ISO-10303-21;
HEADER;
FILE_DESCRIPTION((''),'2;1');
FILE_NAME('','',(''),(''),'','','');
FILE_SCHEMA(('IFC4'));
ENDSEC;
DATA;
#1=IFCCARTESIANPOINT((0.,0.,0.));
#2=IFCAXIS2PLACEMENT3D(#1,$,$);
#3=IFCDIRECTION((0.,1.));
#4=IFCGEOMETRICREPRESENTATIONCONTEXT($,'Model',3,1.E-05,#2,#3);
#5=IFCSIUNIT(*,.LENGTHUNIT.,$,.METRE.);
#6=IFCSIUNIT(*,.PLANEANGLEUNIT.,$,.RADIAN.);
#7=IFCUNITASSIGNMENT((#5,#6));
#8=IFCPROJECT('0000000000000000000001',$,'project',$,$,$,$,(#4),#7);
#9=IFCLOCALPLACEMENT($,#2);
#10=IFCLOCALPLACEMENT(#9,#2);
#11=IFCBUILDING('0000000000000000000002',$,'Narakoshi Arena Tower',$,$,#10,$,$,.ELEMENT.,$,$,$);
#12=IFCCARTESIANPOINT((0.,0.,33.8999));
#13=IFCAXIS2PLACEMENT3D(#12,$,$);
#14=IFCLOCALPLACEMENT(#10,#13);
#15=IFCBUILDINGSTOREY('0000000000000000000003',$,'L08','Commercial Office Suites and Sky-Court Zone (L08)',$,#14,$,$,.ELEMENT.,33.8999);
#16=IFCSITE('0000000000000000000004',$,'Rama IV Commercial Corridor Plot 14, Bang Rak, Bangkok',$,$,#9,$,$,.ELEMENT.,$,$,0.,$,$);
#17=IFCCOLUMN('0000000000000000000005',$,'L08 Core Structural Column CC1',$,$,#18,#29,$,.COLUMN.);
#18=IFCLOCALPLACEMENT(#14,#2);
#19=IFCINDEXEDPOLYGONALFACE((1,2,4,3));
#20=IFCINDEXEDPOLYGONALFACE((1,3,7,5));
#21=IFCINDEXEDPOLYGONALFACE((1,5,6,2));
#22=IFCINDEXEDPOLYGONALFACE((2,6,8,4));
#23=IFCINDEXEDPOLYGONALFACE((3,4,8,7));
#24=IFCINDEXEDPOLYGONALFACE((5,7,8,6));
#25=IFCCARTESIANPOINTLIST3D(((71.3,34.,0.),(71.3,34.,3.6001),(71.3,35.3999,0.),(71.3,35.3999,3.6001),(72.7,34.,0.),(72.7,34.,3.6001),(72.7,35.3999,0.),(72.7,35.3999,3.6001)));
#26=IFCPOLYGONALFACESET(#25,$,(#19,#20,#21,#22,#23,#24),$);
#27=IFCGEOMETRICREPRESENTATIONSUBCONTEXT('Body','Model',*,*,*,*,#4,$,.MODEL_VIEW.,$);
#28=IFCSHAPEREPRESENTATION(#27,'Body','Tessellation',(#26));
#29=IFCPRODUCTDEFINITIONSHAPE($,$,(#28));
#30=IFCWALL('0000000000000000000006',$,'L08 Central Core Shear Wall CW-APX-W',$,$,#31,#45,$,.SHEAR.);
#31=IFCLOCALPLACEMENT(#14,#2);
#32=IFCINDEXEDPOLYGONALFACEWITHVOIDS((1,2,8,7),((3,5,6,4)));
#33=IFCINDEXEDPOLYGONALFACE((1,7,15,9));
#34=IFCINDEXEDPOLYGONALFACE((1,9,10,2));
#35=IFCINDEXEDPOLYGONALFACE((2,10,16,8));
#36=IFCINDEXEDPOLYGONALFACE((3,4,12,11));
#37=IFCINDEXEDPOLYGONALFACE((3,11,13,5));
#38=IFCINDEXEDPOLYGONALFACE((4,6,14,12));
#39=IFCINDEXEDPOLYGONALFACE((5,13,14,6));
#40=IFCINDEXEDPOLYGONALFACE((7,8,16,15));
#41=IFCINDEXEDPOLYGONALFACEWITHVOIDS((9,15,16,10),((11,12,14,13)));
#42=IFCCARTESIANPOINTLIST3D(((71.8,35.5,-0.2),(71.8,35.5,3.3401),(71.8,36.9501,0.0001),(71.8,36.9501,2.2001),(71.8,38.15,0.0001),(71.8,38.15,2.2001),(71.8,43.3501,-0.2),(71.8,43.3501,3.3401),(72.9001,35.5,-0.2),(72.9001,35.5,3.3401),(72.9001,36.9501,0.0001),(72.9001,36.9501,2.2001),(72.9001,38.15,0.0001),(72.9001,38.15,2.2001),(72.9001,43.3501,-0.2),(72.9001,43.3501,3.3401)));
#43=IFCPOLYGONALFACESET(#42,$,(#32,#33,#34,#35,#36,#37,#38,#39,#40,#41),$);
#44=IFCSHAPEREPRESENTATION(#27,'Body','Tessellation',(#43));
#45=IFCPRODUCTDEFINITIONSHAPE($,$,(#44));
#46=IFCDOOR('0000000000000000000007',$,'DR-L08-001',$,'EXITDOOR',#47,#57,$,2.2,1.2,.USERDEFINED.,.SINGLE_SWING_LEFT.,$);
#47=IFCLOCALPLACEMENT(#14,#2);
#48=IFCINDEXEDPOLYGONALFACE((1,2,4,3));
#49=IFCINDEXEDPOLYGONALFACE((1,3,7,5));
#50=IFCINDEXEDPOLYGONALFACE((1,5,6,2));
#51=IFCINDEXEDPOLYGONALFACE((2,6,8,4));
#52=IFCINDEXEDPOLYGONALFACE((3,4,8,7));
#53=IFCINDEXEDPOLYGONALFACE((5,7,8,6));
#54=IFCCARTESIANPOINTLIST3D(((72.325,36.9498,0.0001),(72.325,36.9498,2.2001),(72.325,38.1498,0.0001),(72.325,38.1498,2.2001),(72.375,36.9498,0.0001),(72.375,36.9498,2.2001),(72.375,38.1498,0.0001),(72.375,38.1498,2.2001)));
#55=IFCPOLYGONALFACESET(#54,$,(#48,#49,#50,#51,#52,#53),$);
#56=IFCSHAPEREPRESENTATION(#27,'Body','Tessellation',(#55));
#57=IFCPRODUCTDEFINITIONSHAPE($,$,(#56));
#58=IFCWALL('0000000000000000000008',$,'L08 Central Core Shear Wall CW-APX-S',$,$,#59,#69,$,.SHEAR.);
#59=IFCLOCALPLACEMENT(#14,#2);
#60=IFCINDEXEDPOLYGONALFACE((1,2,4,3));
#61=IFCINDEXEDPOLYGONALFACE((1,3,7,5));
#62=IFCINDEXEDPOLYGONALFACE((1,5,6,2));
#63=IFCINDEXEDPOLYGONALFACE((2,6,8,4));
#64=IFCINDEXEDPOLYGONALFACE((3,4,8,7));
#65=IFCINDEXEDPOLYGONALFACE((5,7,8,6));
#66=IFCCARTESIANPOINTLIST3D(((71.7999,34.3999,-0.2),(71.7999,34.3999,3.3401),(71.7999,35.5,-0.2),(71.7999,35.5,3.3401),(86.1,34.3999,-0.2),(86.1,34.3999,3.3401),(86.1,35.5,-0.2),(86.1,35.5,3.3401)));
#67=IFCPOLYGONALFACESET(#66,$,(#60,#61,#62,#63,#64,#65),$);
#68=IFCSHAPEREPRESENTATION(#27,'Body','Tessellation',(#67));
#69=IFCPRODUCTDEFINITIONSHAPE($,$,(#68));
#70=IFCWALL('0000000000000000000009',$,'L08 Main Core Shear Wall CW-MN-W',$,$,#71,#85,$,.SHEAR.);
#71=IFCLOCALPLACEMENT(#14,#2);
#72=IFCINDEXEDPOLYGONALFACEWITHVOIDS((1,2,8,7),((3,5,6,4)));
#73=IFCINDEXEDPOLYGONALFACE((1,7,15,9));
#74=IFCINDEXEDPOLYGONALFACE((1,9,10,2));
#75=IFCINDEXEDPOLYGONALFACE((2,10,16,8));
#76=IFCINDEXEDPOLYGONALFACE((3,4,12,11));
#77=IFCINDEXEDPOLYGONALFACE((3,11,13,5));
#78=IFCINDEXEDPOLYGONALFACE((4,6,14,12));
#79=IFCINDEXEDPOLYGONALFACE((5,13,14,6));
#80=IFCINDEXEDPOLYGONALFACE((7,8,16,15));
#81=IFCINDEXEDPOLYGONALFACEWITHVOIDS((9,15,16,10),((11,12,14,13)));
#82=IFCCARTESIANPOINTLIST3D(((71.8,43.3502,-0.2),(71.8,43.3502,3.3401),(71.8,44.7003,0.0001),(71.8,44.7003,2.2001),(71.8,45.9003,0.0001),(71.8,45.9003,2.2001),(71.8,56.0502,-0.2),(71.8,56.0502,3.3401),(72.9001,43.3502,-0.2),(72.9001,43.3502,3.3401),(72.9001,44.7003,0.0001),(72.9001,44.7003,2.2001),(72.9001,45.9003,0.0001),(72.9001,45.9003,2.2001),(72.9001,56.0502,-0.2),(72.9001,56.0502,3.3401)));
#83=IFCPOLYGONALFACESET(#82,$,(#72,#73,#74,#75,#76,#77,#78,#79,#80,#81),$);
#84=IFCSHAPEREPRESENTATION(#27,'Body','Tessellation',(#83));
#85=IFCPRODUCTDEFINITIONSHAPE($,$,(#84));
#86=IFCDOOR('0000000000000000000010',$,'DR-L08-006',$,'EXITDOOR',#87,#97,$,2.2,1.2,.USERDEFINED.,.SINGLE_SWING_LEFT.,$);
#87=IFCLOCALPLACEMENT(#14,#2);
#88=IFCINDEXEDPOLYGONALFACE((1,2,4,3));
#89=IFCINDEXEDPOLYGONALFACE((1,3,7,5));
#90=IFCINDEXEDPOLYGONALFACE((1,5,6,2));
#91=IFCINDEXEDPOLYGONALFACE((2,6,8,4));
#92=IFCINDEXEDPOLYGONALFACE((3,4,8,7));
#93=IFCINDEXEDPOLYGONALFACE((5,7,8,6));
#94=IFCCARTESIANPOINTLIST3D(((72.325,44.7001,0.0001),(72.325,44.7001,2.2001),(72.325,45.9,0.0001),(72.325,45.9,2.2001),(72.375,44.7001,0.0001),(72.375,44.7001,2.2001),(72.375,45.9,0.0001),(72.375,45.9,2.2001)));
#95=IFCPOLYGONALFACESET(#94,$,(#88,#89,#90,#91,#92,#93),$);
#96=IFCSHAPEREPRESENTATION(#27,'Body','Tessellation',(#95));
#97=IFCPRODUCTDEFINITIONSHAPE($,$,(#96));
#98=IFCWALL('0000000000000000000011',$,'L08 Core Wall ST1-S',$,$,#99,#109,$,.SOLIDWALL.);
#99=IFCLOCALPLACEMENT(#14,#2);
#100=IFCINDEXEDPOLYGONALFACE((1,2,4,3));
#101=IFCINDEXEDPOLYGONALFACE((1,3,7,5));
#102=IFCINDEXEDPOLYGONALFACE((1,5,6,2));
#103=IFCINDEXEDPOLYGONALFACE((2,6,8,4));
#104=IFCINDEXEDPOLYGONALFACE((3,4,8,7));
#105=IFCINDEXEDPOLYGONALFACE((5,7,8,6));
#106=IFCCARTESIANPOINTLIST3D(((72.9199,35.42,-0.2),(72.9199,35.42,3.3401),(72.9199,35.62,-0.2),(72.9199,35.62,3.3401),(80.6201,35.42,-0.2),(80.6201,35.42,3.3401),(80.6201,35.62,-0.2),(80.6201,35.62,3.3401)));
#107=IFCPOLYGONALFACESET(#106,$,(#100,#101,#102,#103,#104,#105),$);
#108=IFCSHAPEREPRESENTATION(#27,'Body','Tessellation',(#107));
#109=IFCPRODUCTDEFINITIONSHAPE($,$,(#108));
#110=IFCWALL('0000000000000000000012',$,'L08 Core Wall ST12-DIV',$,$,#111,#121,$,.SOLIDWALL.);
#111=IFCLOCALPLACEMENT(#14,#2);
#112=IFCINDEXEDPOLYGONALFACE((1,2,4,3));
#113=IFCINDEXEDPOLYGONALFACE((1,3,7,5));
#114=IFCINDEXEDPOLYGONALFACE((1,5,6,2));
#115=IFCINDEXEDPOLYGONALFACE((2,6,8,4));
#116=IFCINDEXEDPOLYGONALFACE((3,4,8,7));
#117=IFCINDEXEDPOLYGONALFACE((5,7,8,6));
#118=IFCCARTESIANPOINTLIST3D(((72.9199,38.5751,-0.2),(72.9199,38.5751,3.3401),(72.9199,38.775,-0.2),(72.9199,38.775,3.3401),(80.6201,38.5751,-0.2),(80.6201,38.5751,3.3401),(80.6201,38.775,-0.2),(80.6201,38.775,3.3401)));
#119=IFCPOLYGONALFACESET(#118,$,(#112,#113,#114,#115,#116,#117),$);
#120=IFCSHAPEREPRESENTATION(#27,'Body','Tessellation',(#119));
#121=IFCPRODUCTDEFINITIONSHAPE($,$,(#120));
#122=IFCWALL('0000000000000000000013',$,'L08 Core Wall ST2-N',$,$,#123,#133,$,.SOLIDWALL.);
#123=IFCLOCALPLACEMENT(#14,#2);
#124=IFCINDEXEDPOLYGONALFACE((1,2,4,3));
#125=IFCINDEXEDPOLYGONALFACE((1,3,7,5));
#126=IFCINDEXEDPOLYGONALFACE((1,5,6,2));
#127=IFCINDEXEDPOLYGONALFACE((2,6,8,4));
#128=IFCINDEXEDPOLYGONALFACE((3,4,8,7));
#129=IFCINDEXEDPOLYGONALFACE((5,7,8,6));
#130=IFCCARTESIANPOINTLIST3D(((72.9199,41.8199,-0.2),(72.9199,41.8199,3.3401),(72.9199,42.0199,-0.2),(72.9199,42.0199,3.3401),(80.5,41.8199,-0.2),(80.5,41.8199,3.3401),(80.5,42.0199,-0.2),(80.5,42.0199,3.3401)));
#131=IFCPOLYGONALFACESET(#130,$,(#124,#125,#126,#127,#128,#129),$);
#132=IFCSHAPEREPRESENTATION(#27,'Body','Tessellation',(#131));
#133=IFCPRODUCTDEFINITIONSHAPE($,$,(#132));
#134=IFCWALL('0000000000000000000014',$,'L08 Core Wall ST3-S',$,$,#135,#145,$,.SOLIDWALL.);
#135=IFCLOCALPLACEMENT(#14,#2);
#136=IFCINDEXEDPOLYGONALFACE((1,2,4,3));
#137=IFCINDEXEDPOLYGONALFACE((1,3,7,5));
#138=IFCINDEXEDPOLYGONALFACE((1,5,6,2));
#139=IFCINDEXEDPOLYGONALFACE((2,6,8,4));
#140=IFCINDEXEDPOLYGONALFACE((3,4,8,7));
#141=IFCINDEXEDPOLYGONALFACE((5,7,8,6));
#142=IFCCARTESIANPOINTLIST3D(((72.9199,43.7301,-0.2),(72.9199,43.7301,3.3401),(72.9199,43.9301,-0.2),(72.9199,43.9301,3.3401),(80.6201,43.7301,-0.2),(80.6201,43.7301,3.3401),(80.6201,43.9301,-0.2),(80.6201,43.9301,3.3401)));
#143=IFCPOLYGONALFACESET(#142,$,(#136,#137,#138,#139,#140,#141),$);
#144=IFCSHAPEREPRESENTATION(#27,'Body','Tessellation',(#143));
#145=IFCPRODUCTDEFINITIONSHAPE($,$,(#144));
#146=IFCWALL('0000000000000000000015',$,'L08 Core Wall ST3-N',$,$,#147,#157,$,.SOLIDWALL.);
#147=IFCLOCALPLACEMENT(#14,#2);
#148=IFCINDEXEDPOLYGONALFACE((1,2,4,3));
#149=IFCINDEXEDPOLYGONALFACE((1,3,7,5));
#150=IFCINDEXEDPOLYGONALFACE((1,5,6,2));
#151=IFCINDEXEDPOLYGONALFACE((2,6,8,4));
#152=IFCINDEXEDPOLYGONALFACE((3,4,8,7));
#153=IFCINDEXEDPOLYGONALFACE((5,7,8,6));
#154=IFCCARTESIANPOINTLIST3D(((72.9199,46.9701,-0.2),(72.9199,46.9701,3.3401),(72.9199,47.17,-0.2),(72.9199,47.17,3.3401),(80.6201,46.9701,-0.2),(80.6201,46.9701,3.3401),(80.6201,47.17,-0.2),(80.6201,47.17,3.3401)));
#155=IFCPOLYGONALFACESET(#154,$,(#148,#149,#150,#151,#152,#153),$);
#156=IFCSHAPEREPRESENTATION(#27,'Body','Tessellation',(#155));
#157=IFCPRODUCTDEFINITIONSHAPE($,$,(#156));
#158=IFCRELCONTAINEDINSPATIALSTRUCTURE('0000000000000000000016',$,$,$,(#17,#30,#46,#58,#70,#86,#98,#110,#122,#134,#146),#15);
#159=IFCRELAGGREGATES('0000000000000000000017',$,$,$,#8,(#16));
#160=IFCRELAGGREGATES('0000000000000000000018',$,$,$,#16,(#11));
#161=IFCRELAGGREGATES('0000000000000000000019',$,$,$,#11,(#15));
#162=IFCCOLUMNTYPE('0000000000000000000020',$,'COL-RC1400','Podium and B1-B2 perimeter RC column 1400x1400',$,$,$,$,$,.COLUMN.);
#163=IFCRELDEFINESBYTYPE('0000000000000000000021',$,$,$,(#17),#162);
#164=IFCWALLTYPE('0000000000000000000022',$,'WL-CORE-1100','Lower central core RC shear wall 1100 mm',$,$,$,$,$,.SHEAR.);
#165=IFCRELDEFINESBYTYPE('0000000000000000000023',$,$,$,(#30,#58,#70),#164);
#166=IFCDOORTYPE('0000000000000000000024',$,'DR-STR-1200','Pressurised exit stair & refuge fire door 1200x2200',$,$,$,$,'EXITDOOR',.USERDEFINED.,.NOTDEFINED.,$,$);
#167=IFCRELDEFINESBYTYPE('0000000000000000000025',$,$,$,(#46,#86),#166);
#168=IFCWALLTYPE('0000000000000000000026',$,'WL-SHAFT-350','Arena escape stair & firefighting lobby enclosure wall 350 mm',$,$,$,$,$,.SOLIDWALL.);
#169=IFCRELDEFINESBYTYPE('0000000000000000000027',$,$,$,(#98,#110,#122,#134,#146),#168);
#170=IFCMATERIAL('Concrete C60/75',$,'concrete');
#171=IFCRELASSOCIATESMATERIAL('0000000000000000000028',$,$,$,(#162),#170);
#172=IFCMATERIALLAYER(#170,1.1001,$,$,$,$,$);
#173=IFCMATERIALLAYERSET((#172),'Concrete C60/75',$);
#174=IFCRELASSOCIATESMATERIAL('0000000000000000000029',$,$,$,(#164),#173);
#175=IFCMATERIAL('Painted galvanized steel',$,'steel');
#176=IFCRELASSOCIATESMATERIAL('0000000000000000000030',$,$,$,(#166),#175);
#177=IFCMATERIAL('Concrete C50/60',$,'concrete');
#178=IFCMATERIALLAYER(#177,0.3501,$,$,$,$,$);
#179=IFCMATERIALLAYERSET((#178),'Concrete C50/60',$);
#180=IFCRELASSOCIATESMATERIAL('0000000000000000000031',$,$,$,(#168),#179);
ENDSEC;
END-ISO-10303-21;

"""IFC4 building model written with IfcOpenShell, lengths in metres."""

from ifc_helpers import new_model, si_unit, direction, frame, frame_2d, origin, origin_2d, place, context, subcontext, project, spatial, rectangle, extrude, material, layer, layer_set, material_profile, profile_set, type_object, element, fill, save


model = new_model("IFC4")

# Units and contexts
model_context = context("Model", 3, precision=1e-05, world=origin(), true_north=direction((0.0, 1.0)))
body_context = subcontext(model_context, "Body", "Model", "MODEL_VIEW")
ifc_project = project(units=[si_unit("LENGTHUNIT", "METRE"), si_unit("PLANEANGLEUNIT", "RADIAN")], contexts=[model_context])

# Site, building, storey
site_placement = place(None, origin())
site = spatial("IfcSite", under=ifc_project, at=site_placement, Name="Rama IV Commercial Corridor Plot 14, Bang Rak, Bangkok", CompositionType="ELEMENT", RefElevation=0.0)
building_placement = place(site_placement, origin())
building = spatial("IfcBuilding", under=site, at=building_placement, Name="Narakoshi Arena Tower", CompositionType="ELEMENT")
storey_placement = place(building_placement, frame((0.0, 0.0, 33.8999)))
storey = spatial("IfcBuildingStorey", under=building, at=storey_placement, Name="L08", Description="Commercial Office Suites and Sky-Court Zone (L08)", CompositionType="ELEMENT", Elevation=33.8999)

# Column
ifc_material_1 = material(Name="Concrete C60/75", Category="concrete")
ifc_material_profile = material_profile(ifc_material_1, rectangle(XDim=1.3999, YDim=1.3999, at=origin_2d()), Name="RC1400x1400")
ifc_profile_set = profile_set([ifc_material_profile], Name="Concrete C60/75")
column_type = type_object("IfcColumnType", Name="COL-RC1400", Description="Podium and B1-B2 perimeter RC column 1400x1400", PredefinedType="COLUMN", material=ifc_profile_set)
column_placement = place(storey_placement, frame((72.0, 34.7, 0.0), z_axis=(0.0, 0.0, 1.0), x_axis=(1.0, 0.0, 0.0)))
element("IfcColumn", 1, at=column_placement, inside=storey, type_object=column_type, Name="L08 Core Structural Column CC1", PredefinedType="COLUMN", context=body_context, shape_type="SweptSolid", body=[
    extrude(rectangle(XDim=1.3999, YDim=1.3999, at=origin_2d()), origin(), (0.0, 0.0, 1.0), 3.6001),
])

# Wall, opening, door
ifc_layer_1 = layer(ifc_material_1, 1.1001)
ifc_layer_set_1 = layer_set([ifc_layer_1], Name="Concrete C60/75")
wall_type_1 = type_object("IfcWallType", Name="WL-CORE-1100", Description="Lower central core RC shear wall 1100 mm", PredefinedType="SHEAR", material=ifc_layer_set_1)
wall_1_placement = place(storey_placement, frame((72.3501, 35.5, -0.2), z_axis=(0.0, 0.0, 1.0), x_axis=(0.0, 1.0, 0.0)))
wall_1 = element("IfcWall", 2, at=wall_1_placement, inside=storey, type_object=wall_type_1, Name="L08 Central Core Shear Wall CW-APX-W", PredefinedType="SHEAR", context=body_context, shape_type="SweptSolid", body=[
    extrude(rectangle(XDim=7.8501, YDim=1.1001, at=frame_2d((3.925, 0.0))), origin(), (0.0, 0.0, 1.0), 3.54),
])
opening_1_placement = place(wall_1_placement, frame((1.45, 0.0, 0.2)))
opening_1 = element("IfcOpeningElement", 3, at=opening_1_placement, cuts=wall_1, PredefinedType="OPENING", context=body_context, shape_type="SweptSolid", body=[
    extrude(rectangle(XDim=1.2, YDim=2.2, at=frame_2d((0.6001, 1.1001))), frame((0.0, 0.5601, 0.0), z_axis=(0.0, -1.0, 0.0), x_axis=(1.0, 0.0, 0.0)), (0.0, 0.0, 1.0), 1.1201),
])
ifc_material_2 = material(Name="Painted galvanized steel", Category="steel")
door_type_1 = type_object("IfcDoorType", Name="DR-STR-1200", Description="Pressurised exit stair & refuge fire door 1200x2200", ElementType="EXITDOOR", OperationType="NOTDEFINED", PredefinedType="USERDEFINED", material=ifc_material_2)
door_1_placement = place(opening_1_placement, frame((1.2, 0.0, 0.0), z_axis=(0.0, 0.0, 1.0), x_axis=(-1.0, 0.0, 0.0)))
door_1 = element("IfcDoor", 4, at=door_1_placement, inside=storey, type_object=door_type_1, Name="DR-L08-001", ObjectType="EXITDOOR", OperationType="SINGLE_SWING_LEFT", OverallHeight=2.2, OverallWidth=1.2, PredefinedType="USERDEFINED", context=body_context, shape_type="SweptSolid", body=[
    extrude(rectangle(XDim=1.2, YDim=2.2, at=frame_2d((0.6001, 1.1001))), frame((0.0, 0.0249, 0.0), z_axis=(0.0, -1.0, 0.0), x_axis=(1.0, 0.0, 0.0)), (0.0, 0.0, 1.0), 0.05),
])
fill(opening_1, door_1)

# Wall
wall_2_placement = place(storey_placement, frame((71.8, 34.95, -0.2), z_axis=(0.0, 0.0, 1.0), x_axis=(1.0, 0.0, 0.0)))
element("IfcWall", 5, at=wall_2_placement, inside=storey, type_object=wall_type_1, Name="L08 Central Core Shear Wall CW-APX-S", PredefinedType="SHEAR", context=body_context, shape_type="SweptSolid", body=[
    extrude(rectangle(XDim=14.3, YDim=1.1001, at=frame_2d((7.1499, 0.0))), origin(), (0.0, 0.0, 1.0), 3.54),
])

# Wall, opening, door
wall_3_placement = place(storey_placement, frame((72.3501, 43.3501, -0.2), z_axis=(0.0, 0.0, 1.0), x_axis=(0.0, 1.0, 0.0)))
wall_3 = element("IfcWall", 6, at=wall_3_placement, inside=storey, type_object=wall_type_1, Name="L08 Main Core Shear Wall CW-MN-W", PredefinedType="SHEAR", context=body_context, shape_type="SweptSolid", body=[
    extrude(rectangle(XDim=12.7, YDim=1.1001, at=frame_2d((6.3501, 0.0))), origin(), (0.0, 0.0, 1.0), 3.54),
])
opening_2_placement = place(wall_3_placement, frame((1.3501, 0.0, 0.2)))
opening_2 = element("IfcOpeningElement", 7, at=opening_2_placement, cuts=wall_3, PredefinedType="OPENING", context=body_context, shape_type="SweptSolid", body=[
    extrude(rectangle(XDim=1.2, YDim=2.2, at=frame_2d((0.6001, 1.1001))), frame((0.0, 0.5601, 0.0), z_axis=(0.0, -1.0, 0.0), x_axis=(1.0, 0.0, 0.0)), (0.0, 0.0, 1.0), 1.1201),
])
door_2_placement = place(opening_2_placement, frame((1.2, 0.0, 0.0), z_axis=(0.0, 0.0, 1.0), x_axis=(-1.0, 0.0, 0.0)))
door_2 = element("IfcDoor", 8, at=door_2_placement, inside=storey, type_object=door_type_1, Name="DR-L08-006", ObjectType="EXITDOOR", OperationType="SINGLE_SWING_LEFT", OverallHeight=2.2, OverallWidth=1.2, PredefinedType="USERDEFINED", context=body_context, shape_type="SweptSolid", body=[
    extrude(rectangle(XDim=1.2, YDim=2.2, at=frame_2d((0.6001, 1.1001))), frame((0.0, 0.0249, 0.0), z_axis=(0.0, -1.0, 0.0), x_axis=(1.0, 0.0, 0.0)), (0.0, 0.0, 1.0), 0.05),
])
fill(opening_2, door_2)

# Walls
ifc_material_3 = material(Name="Concrete C50/60", Category="concrete")
ifc_layer_2 = layer(ifc_material_3, 0.3501)
ifc_layer_set_2 = layer_set([ifc_layer_2], Name="Concrete C50/60")
wall_type_2 = type_object("IfcWallType", Name="WL-SHAFT-350", Description="Arena escape stair & firefighting lobby enclosure wall 350 mm", PredefinedType="SOLIDWALL", material=ifc_layer_set_2)
for number, where, z_axis, x_axis, name in (
    (9, (72.9199, 35.52, -0.2), (0.0, 0.0, 1.0), (1.0, 0.0, 0.0), "L08 Core Wall ST1-S"),
    (10, (72.9199, 38.675, -0.2), (0.0, 0.0, 1.0), (1.0, 0.0, 0.0), "L08 Core Wall ST12-DIV"),
):
    element("IfcWall", number, at=place(storey_placement, frame(where, z_axis=z_axis, x_axis=x_axis)), inside=storey, type_object=wall_type_2, Name=name, PredefinedType="SOLIDWALL", context=body_context, shape_type="SweptSolid", body=[
        extrude(rectangle(XDim=7.7002, YDim=0.2, at=frame_2d((3.8501, 0.0))), origin(), (0.0, 0.0, 1.0), 3.54),
    ])
wall_4_placement = place(storey_placement, frame((72.9199, 41.9199, -0.2), z_axis=(0.0, 0.0, 1.0), x_axis=(1.0, 0.0, 0.0)))
element("IfcWall", 11, at=wall_4_placement, inside=storey, type_object=wall_type_2, Name="L08 Core Wall ST2-N", PredefinedType="SOLIDWALL", context=body_context, shape_type="SweptSolid", body=[
    extrude(rectangle(XDim=7.5801, YDim=0.2, at=frame_2d((3.79, 0.0))), origin(), (0.0, 0.0, 1.0), 3.54),
])
for number, where, z_axis, x_axis, name in (
    (12, (72.9199, 43.8301, -0.2), (0.0, 0.0, 1.0), (1.0, 0.0, 0.0), "L08 Core Wall ST3-S"),
    (13, (72.9199, 47.0701, -0.2), (0.0, 0.0, 1.0), (1.0, 0.0, 0.0), "L08 Core Wall ST3-N"),
):
    element("IfcWall", number, at=place(storey_placement, frame(where, z_axis=z_axis, x_axis=x_axis)), inside=storey, type_object=wall_type_2, Name=name, PredefinedType="SOLIDWALL", context=body_context, shape_type="SweptSolid", body=[
        extrude(rectangle(XDim=7.7002, YDim=0.2, at=frame_2d((3.8501, 0.0))), origin(), (0.0, 0.0, 1.0), 3.54),
    ])

save(model, "model.ifc")
